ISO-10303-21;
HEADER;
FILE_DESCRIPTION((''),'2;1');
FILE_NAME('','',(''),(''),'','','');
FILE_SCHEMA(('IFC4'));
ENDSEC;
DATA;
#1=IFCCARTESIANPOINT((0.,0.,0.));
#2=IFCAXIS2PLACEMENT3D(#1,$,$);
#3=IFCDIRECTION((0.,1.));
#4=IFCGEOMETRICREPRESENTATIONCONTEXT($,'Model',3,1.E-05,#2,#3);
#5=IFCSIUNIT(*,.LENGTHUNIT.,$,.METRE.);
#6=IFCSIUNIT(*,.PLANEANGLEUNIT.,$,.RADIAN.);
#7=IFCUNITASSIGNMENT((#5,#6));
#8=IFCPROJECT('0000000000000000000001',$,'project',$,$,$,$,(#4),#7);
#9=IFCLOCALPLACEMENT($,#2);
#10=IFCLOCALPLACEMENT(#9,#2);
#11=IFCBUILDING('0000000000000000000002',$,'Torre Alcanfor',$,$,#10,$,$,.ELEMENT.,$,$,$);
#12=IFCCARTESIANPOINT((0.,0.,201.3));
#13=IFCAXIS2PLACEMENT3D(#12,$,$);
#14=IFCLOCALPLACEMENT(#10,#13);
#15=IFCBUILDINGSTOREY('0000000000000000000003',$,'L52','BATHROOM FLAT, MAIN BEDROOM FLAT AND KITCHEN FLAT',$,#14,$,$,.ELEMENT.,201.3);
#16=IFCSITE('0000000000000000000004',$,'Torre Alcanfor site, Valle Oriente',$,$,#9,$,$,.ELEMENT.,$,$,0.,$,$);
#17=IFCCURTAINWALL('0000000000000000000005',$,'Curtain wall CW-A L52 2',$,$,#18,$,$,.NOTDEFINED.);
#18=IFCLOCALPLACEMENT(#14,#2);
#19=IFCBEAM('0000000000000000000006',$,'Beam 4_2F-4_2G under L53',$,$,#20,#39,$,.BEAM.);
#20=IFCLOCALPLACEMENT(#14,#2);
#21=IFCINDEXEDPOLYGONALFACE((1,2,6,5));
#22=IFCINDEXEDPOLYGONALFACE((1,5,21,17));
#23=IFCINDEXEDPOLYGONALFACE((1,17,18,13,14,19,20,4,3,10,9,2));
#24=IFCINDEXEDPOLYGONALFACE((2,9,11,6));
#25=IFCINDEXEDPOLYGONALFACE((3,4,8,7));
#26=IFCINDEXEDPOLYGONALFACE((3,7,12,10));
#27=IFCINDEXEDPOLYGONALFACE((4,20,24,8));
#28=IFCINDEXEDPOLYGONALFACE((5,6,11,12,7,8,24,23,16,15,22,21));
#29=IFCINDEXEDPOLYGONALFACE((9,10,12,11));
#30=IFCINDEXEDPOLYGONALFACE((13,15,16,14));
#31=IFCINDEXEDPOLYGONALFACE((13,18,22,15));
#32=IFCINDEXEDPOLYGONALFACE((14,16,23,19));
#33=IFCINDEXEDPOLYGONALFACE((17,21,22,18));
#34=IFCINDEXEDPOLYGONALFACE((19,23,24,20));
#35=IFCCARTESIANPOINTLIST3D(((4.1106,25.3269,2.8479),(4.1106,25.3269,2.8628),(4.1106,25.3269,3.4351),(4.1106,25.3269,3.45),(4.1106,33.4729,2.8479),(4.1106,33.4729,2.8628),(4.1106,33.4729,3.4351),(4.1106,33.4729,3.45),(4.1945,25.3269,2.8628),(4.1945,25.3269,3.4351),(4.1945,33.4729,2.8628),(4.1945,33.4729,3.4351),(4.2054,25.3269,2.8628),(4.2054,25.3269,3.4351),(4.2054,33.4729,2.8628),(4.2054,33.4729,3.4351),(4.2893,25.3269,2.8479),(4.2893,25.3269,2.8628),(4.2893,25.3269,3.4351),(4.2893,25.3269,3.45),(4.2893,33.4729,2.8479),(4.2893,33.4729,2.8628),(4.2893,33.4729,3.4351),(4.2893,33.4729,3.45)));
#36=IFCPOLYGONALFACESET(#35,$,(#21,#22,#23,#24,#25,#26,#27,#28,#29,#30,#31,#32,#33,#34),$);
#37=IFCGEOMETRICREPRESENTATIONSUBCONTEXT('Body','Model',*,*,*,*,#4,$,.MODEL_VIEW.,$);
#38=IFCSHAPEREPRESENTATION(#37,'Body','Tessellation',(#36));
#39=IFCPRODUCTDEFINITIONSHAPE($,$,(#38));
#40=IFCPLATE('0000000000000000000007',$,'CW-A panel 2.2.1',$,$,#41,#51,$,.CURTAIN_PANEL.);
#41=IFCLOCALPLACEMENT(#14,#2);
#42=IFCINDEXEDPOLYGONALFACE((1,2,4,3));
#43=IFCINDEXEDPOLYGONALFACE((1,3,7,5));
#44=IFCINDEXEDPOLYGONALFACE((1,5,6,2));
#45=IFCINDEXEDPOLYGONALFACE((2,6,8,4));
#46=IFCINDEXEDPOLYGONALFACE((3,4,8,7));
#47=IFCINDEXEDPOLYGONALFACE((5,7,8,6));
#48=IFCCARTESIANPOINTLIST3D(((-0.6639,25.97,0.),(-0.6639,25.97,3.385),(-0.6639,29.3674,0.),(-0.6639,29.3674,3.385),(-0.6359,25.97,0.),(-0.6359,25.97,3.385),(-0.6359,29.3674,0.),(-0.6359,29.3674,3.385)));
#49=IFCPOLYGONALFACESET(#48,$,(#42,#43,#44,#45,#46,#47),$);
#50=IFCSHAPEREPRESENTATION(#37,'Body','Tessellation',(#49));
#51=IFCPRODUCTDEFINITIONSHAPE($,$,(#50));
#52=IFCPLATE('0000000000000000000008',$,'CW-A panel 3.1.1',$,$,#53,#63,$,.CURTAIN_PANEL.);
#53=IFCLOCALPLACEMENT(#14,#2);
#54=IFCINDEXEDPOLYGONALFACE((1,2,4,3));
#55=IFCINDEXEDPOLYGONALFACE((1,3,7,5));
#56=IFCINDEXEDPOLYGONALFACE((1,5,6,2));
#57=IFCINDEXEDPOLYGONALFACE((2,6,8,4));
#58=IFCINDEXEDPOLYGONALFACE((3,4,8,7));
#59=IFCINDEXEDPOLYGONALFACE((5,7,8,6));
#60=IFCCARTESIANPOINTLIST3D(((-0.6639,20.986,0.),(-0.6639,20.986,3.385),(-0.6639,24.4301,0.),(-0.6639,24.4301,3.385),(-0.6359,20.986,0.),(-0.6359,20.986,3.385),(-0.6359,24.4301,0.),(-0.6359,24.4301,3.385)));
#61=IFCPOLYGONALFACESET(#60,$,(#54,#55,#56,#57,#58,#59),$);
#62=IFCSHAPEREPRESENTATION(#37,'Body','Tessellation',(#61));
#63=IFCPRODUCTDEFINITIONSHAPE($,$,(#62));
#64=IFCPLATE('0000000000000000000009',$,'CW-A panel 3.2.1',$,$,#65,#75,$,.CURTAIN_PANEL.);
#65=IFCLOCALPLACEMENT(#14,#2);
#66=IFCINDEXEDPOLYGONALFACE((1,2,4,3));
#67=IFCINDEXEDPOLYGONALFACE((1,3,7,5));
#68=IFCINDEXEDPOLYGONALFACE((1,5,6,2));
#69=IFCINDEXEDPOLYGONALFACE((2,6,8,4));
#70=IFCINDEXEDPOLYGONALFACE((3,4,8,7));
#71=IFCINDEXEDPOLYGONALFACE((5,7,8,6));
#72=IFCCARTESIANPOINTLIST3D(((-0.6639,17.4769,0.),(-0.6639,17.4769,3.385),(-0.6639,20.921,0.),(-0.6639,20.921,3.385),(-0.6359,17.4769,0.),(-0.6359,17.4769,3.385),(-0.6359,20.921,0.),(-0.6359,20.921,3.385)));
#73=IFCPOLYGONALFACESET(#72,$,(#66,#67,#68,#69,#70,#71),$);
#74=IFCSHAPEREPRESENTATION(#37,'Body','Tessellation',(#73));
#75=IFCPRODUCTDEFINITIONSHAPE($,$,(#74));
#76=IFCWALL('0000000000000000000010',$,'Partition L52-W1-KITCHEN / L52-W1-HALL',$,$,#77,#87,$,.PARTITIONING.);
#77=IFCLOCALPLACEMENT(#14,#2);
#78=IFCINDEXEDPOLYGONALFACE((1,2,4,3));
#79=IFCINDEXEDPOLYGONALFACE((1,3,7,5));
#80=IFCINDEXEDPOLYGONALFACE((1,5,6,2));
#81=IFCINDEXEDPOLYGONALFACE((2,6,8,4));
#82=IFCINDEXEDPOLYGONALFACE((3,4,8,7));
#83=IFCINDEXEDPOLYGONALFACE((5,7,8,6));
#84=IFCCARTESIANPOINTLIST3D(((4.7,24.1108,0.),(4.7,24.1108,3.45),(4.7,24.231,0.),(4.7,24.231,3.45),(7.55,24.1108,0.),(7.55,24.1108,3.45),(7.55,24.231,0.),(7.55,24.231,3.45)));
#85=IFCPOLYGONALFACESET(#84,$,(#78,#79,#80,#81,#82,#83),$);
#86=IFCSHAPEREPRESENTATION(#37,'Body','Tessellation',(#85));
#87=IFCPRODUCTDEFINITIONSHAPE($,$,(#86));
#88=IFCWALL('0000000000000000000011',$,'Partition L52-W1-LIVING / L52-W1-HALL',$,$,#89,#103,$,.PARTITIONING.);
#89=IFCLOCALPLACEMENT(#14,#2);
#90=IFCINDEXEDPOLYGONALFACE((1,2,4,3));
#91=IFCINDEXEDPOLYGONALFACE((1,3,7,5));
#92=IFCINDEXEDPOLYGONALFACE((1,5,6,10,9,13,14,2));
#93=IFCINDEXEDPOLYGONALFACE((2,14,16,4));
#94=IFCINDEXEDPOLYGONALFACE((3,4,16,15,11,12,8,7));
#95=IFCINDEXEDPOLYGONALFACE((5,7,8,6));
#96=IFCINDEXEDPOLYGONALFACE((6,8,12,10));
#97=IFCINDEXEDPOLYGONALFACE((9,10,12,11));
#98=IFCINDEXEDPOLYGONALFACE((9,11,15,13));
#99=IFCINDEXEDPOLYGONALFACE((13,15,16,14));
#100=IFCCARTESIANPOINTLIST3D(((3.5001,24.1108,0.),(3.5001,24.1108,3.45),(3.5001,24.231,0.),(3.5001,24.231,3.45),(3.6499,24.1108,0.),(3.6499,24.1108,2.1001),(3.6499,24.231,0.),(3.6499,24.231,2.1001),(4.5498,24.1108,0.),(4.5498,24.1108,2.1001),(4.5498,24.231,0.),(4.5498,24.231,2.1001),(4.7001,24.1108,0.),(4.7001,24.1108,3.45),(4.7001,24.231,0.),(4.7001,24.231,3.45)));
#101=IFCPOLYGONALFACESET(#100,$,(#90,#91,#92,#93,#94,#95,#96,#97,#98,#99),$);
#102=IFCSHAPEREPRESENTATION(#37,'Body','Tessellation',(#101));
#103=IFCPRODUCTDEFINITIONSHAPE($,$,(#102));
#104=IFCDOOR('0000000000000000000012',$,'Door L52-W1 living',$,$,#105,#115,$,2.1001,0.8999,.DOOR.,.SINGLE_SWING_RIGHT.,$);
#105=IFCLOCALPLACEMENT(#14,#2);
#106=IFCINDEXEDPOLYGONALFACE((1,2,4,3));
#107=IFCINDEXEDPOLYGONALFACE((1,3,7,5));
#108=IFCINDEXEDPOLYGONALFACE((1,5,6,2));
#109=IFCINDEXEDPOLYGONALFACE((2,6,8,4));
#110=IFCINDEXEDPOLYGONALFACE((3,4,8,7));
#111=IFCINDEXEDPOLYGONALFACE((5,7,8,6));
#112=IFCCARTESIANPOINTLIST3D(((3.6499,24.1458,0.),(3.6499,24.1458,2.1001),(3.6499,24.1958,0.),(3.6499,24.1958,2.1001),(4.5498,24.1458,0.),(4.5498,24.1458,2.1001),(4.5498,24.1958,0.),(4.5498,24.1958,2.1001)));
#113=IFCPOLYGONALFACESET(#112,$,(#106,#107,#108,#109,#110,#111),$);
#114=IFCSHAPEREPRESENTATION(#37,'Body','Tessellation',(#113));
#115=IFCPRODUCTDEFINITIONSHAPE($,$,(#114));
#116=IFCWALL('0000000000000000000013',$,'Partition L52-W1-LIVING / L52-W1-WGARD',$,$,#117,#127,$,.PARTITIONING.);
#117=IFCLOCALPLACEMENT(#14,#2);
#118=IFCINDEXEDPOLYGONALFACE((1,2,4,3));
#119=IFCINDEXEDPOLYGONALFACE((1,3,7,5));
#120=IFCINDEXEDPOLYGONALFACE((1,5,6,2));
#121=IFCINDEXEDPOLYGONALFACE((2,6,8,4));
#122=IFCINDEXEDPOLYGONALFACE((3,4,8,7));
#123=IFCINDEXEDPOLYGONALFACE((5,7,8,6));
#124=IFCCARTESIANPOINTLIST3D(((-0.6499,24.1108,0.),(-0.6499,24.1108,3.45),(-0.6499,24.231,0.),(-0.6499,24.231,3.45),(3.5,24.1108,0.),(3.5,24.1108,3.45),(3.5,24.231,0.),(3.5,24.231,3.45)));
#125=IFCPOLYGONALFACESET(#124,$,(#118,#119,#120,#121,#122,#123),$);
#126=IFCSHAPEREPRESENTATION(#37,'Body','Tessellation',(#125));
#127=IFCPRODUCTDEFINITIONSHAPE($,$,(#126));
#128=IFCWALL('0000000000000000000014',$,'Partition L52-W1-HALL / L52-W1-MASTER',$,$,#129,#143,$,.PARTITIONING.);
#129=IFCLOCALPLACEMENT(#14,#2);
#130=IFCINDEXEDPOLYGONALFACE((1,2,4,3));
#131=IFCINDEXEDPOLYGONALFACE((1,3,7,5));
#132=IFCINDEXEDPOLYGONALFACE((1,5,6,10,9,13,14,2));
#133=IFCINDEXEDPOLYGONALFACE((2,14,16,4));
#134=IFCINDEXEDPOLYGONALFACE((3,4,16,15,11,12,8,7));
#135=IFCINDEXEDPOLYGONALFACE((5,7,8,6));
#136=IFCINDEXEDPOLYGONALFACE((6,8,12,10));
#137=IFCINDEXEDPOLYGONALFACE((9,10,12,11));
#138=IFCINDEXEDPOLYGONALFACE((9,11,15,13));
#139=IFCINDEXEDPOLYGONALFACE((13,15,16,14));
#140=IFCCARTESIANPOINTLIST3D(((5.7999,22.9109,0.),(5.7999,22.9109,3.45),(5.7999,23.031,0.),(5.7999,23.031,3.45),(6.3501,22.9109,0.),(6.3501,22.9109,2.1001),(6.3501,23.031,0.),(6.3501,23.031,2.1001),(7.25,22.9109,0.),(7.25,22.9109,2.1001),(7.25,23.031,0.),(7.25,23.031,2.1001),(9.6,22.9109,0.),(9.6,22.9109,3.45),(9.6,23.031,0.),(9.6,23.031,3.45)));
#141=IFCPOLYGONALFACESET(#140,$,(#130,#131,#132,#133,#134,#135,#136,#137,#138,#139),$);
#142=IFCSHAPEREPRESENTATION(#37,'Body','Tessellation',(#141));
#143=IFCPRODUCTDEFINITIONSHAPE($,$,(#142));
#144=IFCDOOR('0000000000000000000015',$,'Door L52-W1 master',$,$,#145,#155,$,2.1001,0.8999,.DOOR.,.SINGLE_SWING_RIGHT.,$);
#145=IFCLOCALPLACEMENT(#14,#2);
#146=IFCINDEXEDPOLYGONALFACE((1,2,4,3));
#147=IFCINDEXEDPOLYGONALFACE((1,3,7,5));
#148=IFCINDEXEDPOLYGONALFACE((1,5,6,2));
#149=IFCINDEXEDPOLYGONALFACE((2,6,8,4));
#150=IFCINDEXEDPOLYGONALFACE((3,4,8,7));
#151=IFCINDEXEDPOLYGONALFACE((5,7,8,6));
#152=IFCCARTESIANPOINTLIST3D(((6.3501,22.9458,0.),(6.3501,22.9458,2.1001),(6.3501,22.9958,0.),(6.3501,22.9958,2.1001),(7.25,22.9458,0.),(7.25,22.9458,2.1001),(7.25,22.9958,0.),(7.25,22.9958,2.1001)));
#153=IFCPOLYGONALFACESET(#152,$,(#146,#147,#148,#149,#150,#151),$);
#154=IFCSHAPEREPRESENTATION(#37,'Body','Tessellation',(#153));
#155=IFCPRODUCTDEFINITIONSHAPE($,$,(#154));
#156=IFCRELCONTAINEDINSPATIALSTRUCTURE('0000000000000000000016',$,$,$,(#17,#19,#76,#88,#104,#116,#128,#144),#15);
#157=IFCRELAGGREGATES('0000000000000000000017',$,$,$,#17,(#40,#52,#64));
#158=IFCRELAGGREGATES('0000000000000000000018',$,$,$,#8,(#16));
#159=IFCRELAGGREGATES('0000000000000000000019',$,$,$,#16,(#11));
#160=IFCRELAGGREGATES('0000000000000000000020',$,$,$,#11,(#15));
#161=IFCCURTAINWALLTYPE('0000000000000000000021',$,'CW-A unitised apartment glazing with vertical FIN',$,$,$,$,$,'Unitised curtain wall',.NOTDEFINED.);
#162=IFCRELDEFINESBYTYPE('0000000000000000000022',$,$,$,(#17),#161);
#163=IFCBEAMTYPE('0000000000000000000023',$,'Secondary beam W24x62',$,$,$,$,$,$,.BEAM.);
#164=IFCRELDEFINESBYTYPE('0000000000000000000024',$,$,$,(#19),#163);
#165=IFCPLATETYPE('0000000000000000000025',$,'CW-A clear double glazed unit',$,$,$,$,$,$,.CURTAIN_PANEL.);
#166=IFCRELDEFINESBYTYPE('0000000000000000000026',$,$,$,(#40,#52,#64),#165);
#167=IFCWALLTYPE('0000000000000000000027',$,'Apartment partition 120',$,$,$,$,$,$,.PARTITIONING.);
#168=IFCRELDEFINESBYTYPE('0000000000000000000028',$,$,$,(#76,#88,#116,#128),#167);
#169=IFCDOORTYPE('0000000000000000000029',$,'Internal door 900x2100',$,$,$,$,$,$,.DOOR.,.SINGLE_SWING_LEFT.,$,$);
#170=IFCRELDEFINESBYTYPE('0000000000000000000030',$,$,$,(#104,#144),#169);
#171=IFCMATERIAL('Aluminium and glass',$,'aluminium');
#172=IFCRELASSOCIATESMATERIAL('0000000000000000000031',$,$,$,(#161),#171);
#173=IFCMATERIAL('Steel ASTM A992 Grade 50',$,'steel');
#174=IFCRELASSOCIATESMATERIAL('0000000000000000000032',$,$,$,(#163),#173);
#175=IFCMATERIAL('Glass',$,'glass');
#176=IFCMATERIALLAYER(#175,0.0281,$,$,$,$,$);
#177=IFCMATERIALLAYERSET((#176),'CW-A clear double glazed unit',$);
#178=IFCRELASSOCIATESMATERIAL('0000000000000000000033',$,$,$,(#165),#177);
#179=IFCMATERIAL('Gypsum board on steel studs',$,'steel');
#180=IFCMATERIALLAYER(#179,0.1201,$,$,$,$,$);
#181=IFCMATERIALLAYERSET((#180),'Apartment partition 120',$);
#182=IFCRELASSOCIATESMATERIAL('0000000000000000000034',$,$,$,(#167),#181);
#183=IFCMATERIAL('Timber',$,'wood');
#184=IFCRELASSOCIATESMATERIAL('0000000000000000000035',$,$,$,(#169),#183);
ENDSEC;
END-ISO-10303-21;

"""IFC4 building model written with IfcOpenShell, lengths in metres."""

from ifc_helpers import new_model, si_unit, direction, frame, frame_2d, origin, origin_2d, place, context, subcontext, project, spatial, rectangle, i_section, extrude, material, layer, layer_set, material_profile, profile_set, type_object, element, fill, aggregate, save


model = new_model("IFC4")

# Units and contexts
model_context = context("Model", 3, precision=1e-05, world=origin(), true_north=direction((0.0, 1.0)))
body_context = subcontext(model_context, "Body", "Model", "MODEL_VIEW")
ifc_project = project(units=[si_unit("LENGTHUNIT", "METRE"), si_unit("PLANEANGLEUNIT", "RADIAN")], contexts=[model_context])

# Site, building, storey
site_placement = place(None, origin())
site = spatial("IfcSite", under=ifc_project, at=site_placement, Name="Torre Alcanfor site, Valle Oriente", CompositionType="ELEMENT", RefElevation=0.0)
building_placement = place(site_placement, origin())
building = spatial("IfcBuilding", under=site, at=building_placement, Name="Torre Alcanfor", CompositionType="ELEMENT")
storey_placement = place(building_placement, frame((0.0, 0.0, 201.3)))
storey = spatial("IfcBuildingStorey", under=building, at=storey_placement, Name="L52", Description="BATHROOM FLAT, MAIN BEDROOM FLAT AND KITCHEN FLAT", CompositionType="ELEMENT", Elevation=201.3)

# Curtain wall
ifc_material_1 = material(Name="Aluminium and glass", Category="aluminium")
curtain_wall_type = type_object("IfcCurtainWallType", Name="CW-A unitised apartment glazing with vertical FIN", ElementType="Unitised curtain wall", PredefinedType="NOTDEFINED", material=ifc_material_1)
curtain_wall_placement = place(storey_placement, origin())
curtain_wall = element("IfcCurtainWall", 1, at=curtain_wall_placement, inside=storey, type_object=curtain_wall_type, Name="Curtain wall CW-A L52 2", PredefinedType="NOTDEFINED")

# Beam
ifc_material_2 = material(Name="Steel ASTM A992 Grade 50", Category="steel")
ifc_material_profile_1 = material_profile(ifc_material_2, i_section(OverallWidth=0.1787, OverallDepth=0.6021, WebThickness=0.011, FlangeThickness=0.0149, at=origin_2d()), Name="W24x62")
ifc_profile_set_1 = profile_set([ifc_material_profile_1], Name="Steel ASTM A992 Grade 50")
beam_type_1 = type_object("IfcBeamType", Name="Secondary beam W24x62", PredefinedType="BEAM", material=ifc_profile_set_1)
beam_1_placement = place(storey_placement, frame((4.2, 25.3269, 3.1489), z_axis=(0.0, 1.0, 0.0), x_axis=(-1.0, 0.0, 0.0)))
element("IfcBeam", 2, at=beam_1_placement, inside=storey, type_object=beam_type_1, Name="Beam 4_2F-4_2G under L53", PredefinedType="BEAM", context=body_context, shape_type="SweptSolid", body=[
    extrude(i_section(OverallWidth=0.1787, OverallDepth=0.6021, WebThickness=0.011, FlangeThickness=0.0149, at=origin_2d()), origin(), (0.0, 0.0, 1.0), 8.146),
])

# Plates
ifc_material_3 = material(Name="Glass", Category="glass")
ifc_layer_1 = layer(ifc_material_3, 0.0281)
ifc_layer_set_1 = layer_set([ifc_layer_1], Name="CW-A clear double glazed unit")
plate_type = type_object("IfcPlateType", Name="CW-A clear double glazed unit", PredefinedType="CURTAIN_PANEL", material=ifc_layer_set_1)
plate_1_placement = place(storey_placement, frame((-0.6499, 27.6687, 0.0), z_axis=(0.0, 0.0, 1.0), x_axis=(0.0, -1.0, 0.0)))
plate_1 = element("IfcPlate", 3, at=plate_1_placement, type_object=plate_type, Name="CW-A panel 2.2.1", PredefinedType="CURTAIN_PANEL", context=body_context, shape_type="SweptSolid", body=[
    extrude(rectangle(XDim=3.3975, YDim=0.0281, at=origin_2d()), origin(), (0.0, 0.0, 1.0), 3.385),
])
plate_2_placement = place(storey_placement, frame((-0.6499, 22.708, 0.0), z_axis=(0.0, 0.0, 1.0), x_axis=(0.0, -1.0, 0.0)))
plate_2 = element("IfcPlate", 4, at=plate_2_placement, type_object=plate_type, Name="CW-A panel 3.1.1", PredefinedType="CURTAIN_PANEL", context=body_context, shape_type="SweptSolid", body=[
    extrude(rectangle(XDim=3.4441, YDim=0.0281, at=origin_2d()), origin(), (0.0, 0.0, 1.0), 3.385),
])
plate_3_placement = place(storey_placement, frame((-0.6499, 19.199, 0.0), z_axis=(0.0, 0.0, 1.0), x_axis=(0.0, -1.0, 0.0)))
plate_3 = element("IfcPlate", 5, at=plate_3_placement, type_object=plate_type, Name="CW-A panel 3.2.1", PredefinedType="CURTAIN_PANEL", context=body_context, shape_type="SweptSolid", body=[
    extrude(rectangle(XDim=3.4441, YDim=0.0281, at=origin_2d()), origin(), (0.0, 0.0, 1.0), 3.385),
])
aggregate(curtain_wall, [plate_1, plate_2, plate_3])

# Wall
ifc_material_4 = material(Name="Gypsum board on steel studs", Category="steel")
ifc_layer_2 = layer(ifc_material_4, 0.1201)
ifc_layer_set_2 = layer_set([ifc_layer_2], Name="Apartment partition 120")
wall_type_1 = type_object("IfcWallType", Name="Apartment partition 120", PredefinedType="PARTITIONING", material=ifc_layer_set_2)
wall_1_placement = place(storey_placement, frame((4.7, 24.1709, 0.0), z_axis=(0.0, 0.0, 1.0), x_axis=(1.0, 0.0, 0.0)))
element("IfcWall", 6, at=wall_1_placement, inside=storey, type_object=wall_type_1, Name="Partition L52-W1-KITCHEN / L52-W1-HALL", PredefinedType="PARTITIONING", context=body_context, shape_type="SweptSolid", body=[
    extrude(rectangle(XDim=2.8501, YDim=0.1201, at=frame_2d((1.425, 0.0))), origin(), (0.0, 0.0, 1.0), 3.45),
])

# Wall, opening, door
wall_2_placement = place(storey_placement, frame((3.5, 24.1709, 0.0), z_axis=(0.0, 0.0, 1.0), x_axis=(1.0, 0.0, 0.0)))
wall_2 = element("IfcWall", 7, at=wall_2_placement, inside=storey, type_object=wall_type_1, Name="Partition L52-W1-LIVING / L52-W1-HALL", PredefinedType="PARTITIONING", context=body_context, shape_type="SweptSolid", body=[
    extrude(rectangle(XDim=1.2, YDim=0.1201, at=frame_2d((0.6001, 0.0))), origin(), (0.0, 0.0, 1.0), 3.45),
])
opening_1_placement = place(wall_2_placement, frame((0.1499, 0.0, 0.0)))
opening_1 = element("IfcOpeningElement", 8, at=opening_1_placement, cuts=wall_2, PredefinedType="OPENING", context=body_context, shape_type="SweptSolid", body=[
    extrude(rectangle(XDim=0.8999, YDim=2.1001, at=frame_2d((0.45, 1.05))), frame((0.0, 0.0701, 0.0), z_axis=(0.0, -1.0, 0.0), x_axis=(1.0, 0.0, 0.0)), (0.0, 0.0, 1.0), 0.1401),
])
ifc_material_5 = material(Name="Timber", Category="wood")
door_type = type_object("IfcDoorType", Name="Internal door 900x2100", OperationType="SINGLE_SWING_LEFT", PredefinedType="DOOR", material=ifc_material_5)
door_1_placement = place(opening_1_placement, origin())
door_1 = element("IfcDoor", 9, at=door_1_placement, inside=storey, type_object=door_type, Name="Door L52-W1 living", OperationType="SINGLE_SWING_RIGHT", OverallHeight=2.1001, OverallWidth=0.8999, PredefinedType="DOOR", context=body_context, shape_type="SweptSolid", body=[
    extrude(rectangle(XDim=0.8999, YDim=2.1001, at=frame_2d((0.45, 1.05))), frame((0.0, 0.0249, 0.0), z_axis=(0.0, -1.0, 0.0), x_axis=(1.0, 0.0, 0.0)), (0.0, 0.0, 1.0), 0.05),
])
fill(opening_1, door_1)

# Wall
wall_3_placement = place(storey_placement, frame((-0.6499, 24.1709, 0.0), z_axis=(0.0, 0.0, 1.0), x_axis=(1.0, 0.0, 0.0)))
element("IfcWall", 10, at=wall_3_placement, inside=storey, type_object=wall_type_1, Name="Partition L52-W1-LIVING / L52-W1-WGARD", PredefinedType="PARTITIONING", context=body_context, shape_type="SweptSolid", body=[
    extrude(rectangle(XDim=4.1499, YDim=0.1201, at=frame_2d((2.075, 0.0))), origin(), (0.0, 0.0, 1.0), 3.45),
])

# Wall, opening, door
wall_4_placement = place(storey_placement, frame((5.8, 22.9709, 0.0), z_axis=(0.0, 0.0, 1.0), x_axis=(1.0, 0.0, 0.0)))
wall_4 = element("IfcWall", 11, at=wall_4_placement, inside=storey, type_object=wall_type_1, Name="Partition L52-W1-HALL / L52-W1-MASTER", PredefinedType="PARTITIONING", context=body_context, shape_type="SweptSolid", body=[
    extrude(rectangle(XDim=3.8, YDim=0.1201, at=frame_2d((1.8999, 0.0))), origin(), (0.0, 0.0, 1.0), 3.45),
])
opening_2_placement = place(wall_4_placement, frame((0.55, 0.0, 0.0)))
opening_2 = element("IfcOpeningElement", 12, at=opening_2_placement, cuts=wall_4, PredefinedType="OPENING", context=body_context, shape_type="SweptSolid", body=[
    extrude(rectangle(XDim=0.8999, YDim=2.1001, at=frame_2d((0.45, 1.05))), frame((0.0, 0.0701, 0.0), z_axis=(0.0, -1.0, 0.0), x_axis=(1.0, 0.0, 0.0)), (0.0, 0.0, 1.0), 0.1401),
])
door_2_placement = place(opening_2_placement, frame((0.8999, 0.0, 0.0), z_axis=(0.0, 0.0, 1.0), x_axis=(-1.0, 0.0, 0.0)))
door_2 = element("IfcDoor", 13, at=door_2_placement, inside=storey, type_object=door_type, Name="Door L52-W1 master", OperationType="SINGLE_SWING_RIGHT", OverallHeight=2.1001, OverallWidth=0.8999, PredefinedType="DOOR", context=body_context, shape_type="SweptSolid", body=[
    extrude(rectangle(XDim=0.8999, YDim=2.1001, at=frame_2d((0.45, 1.05))), frame((0.0, 0.0251, 0.0), z_axis=(0.0, -1.0, 0.0), x_axis=(1.0, 0.0, 0.0)), (0.0, 0.0, 1.0), 0.05),
])
fill(opening_2, door_2)

save(model, "model.ifc")
